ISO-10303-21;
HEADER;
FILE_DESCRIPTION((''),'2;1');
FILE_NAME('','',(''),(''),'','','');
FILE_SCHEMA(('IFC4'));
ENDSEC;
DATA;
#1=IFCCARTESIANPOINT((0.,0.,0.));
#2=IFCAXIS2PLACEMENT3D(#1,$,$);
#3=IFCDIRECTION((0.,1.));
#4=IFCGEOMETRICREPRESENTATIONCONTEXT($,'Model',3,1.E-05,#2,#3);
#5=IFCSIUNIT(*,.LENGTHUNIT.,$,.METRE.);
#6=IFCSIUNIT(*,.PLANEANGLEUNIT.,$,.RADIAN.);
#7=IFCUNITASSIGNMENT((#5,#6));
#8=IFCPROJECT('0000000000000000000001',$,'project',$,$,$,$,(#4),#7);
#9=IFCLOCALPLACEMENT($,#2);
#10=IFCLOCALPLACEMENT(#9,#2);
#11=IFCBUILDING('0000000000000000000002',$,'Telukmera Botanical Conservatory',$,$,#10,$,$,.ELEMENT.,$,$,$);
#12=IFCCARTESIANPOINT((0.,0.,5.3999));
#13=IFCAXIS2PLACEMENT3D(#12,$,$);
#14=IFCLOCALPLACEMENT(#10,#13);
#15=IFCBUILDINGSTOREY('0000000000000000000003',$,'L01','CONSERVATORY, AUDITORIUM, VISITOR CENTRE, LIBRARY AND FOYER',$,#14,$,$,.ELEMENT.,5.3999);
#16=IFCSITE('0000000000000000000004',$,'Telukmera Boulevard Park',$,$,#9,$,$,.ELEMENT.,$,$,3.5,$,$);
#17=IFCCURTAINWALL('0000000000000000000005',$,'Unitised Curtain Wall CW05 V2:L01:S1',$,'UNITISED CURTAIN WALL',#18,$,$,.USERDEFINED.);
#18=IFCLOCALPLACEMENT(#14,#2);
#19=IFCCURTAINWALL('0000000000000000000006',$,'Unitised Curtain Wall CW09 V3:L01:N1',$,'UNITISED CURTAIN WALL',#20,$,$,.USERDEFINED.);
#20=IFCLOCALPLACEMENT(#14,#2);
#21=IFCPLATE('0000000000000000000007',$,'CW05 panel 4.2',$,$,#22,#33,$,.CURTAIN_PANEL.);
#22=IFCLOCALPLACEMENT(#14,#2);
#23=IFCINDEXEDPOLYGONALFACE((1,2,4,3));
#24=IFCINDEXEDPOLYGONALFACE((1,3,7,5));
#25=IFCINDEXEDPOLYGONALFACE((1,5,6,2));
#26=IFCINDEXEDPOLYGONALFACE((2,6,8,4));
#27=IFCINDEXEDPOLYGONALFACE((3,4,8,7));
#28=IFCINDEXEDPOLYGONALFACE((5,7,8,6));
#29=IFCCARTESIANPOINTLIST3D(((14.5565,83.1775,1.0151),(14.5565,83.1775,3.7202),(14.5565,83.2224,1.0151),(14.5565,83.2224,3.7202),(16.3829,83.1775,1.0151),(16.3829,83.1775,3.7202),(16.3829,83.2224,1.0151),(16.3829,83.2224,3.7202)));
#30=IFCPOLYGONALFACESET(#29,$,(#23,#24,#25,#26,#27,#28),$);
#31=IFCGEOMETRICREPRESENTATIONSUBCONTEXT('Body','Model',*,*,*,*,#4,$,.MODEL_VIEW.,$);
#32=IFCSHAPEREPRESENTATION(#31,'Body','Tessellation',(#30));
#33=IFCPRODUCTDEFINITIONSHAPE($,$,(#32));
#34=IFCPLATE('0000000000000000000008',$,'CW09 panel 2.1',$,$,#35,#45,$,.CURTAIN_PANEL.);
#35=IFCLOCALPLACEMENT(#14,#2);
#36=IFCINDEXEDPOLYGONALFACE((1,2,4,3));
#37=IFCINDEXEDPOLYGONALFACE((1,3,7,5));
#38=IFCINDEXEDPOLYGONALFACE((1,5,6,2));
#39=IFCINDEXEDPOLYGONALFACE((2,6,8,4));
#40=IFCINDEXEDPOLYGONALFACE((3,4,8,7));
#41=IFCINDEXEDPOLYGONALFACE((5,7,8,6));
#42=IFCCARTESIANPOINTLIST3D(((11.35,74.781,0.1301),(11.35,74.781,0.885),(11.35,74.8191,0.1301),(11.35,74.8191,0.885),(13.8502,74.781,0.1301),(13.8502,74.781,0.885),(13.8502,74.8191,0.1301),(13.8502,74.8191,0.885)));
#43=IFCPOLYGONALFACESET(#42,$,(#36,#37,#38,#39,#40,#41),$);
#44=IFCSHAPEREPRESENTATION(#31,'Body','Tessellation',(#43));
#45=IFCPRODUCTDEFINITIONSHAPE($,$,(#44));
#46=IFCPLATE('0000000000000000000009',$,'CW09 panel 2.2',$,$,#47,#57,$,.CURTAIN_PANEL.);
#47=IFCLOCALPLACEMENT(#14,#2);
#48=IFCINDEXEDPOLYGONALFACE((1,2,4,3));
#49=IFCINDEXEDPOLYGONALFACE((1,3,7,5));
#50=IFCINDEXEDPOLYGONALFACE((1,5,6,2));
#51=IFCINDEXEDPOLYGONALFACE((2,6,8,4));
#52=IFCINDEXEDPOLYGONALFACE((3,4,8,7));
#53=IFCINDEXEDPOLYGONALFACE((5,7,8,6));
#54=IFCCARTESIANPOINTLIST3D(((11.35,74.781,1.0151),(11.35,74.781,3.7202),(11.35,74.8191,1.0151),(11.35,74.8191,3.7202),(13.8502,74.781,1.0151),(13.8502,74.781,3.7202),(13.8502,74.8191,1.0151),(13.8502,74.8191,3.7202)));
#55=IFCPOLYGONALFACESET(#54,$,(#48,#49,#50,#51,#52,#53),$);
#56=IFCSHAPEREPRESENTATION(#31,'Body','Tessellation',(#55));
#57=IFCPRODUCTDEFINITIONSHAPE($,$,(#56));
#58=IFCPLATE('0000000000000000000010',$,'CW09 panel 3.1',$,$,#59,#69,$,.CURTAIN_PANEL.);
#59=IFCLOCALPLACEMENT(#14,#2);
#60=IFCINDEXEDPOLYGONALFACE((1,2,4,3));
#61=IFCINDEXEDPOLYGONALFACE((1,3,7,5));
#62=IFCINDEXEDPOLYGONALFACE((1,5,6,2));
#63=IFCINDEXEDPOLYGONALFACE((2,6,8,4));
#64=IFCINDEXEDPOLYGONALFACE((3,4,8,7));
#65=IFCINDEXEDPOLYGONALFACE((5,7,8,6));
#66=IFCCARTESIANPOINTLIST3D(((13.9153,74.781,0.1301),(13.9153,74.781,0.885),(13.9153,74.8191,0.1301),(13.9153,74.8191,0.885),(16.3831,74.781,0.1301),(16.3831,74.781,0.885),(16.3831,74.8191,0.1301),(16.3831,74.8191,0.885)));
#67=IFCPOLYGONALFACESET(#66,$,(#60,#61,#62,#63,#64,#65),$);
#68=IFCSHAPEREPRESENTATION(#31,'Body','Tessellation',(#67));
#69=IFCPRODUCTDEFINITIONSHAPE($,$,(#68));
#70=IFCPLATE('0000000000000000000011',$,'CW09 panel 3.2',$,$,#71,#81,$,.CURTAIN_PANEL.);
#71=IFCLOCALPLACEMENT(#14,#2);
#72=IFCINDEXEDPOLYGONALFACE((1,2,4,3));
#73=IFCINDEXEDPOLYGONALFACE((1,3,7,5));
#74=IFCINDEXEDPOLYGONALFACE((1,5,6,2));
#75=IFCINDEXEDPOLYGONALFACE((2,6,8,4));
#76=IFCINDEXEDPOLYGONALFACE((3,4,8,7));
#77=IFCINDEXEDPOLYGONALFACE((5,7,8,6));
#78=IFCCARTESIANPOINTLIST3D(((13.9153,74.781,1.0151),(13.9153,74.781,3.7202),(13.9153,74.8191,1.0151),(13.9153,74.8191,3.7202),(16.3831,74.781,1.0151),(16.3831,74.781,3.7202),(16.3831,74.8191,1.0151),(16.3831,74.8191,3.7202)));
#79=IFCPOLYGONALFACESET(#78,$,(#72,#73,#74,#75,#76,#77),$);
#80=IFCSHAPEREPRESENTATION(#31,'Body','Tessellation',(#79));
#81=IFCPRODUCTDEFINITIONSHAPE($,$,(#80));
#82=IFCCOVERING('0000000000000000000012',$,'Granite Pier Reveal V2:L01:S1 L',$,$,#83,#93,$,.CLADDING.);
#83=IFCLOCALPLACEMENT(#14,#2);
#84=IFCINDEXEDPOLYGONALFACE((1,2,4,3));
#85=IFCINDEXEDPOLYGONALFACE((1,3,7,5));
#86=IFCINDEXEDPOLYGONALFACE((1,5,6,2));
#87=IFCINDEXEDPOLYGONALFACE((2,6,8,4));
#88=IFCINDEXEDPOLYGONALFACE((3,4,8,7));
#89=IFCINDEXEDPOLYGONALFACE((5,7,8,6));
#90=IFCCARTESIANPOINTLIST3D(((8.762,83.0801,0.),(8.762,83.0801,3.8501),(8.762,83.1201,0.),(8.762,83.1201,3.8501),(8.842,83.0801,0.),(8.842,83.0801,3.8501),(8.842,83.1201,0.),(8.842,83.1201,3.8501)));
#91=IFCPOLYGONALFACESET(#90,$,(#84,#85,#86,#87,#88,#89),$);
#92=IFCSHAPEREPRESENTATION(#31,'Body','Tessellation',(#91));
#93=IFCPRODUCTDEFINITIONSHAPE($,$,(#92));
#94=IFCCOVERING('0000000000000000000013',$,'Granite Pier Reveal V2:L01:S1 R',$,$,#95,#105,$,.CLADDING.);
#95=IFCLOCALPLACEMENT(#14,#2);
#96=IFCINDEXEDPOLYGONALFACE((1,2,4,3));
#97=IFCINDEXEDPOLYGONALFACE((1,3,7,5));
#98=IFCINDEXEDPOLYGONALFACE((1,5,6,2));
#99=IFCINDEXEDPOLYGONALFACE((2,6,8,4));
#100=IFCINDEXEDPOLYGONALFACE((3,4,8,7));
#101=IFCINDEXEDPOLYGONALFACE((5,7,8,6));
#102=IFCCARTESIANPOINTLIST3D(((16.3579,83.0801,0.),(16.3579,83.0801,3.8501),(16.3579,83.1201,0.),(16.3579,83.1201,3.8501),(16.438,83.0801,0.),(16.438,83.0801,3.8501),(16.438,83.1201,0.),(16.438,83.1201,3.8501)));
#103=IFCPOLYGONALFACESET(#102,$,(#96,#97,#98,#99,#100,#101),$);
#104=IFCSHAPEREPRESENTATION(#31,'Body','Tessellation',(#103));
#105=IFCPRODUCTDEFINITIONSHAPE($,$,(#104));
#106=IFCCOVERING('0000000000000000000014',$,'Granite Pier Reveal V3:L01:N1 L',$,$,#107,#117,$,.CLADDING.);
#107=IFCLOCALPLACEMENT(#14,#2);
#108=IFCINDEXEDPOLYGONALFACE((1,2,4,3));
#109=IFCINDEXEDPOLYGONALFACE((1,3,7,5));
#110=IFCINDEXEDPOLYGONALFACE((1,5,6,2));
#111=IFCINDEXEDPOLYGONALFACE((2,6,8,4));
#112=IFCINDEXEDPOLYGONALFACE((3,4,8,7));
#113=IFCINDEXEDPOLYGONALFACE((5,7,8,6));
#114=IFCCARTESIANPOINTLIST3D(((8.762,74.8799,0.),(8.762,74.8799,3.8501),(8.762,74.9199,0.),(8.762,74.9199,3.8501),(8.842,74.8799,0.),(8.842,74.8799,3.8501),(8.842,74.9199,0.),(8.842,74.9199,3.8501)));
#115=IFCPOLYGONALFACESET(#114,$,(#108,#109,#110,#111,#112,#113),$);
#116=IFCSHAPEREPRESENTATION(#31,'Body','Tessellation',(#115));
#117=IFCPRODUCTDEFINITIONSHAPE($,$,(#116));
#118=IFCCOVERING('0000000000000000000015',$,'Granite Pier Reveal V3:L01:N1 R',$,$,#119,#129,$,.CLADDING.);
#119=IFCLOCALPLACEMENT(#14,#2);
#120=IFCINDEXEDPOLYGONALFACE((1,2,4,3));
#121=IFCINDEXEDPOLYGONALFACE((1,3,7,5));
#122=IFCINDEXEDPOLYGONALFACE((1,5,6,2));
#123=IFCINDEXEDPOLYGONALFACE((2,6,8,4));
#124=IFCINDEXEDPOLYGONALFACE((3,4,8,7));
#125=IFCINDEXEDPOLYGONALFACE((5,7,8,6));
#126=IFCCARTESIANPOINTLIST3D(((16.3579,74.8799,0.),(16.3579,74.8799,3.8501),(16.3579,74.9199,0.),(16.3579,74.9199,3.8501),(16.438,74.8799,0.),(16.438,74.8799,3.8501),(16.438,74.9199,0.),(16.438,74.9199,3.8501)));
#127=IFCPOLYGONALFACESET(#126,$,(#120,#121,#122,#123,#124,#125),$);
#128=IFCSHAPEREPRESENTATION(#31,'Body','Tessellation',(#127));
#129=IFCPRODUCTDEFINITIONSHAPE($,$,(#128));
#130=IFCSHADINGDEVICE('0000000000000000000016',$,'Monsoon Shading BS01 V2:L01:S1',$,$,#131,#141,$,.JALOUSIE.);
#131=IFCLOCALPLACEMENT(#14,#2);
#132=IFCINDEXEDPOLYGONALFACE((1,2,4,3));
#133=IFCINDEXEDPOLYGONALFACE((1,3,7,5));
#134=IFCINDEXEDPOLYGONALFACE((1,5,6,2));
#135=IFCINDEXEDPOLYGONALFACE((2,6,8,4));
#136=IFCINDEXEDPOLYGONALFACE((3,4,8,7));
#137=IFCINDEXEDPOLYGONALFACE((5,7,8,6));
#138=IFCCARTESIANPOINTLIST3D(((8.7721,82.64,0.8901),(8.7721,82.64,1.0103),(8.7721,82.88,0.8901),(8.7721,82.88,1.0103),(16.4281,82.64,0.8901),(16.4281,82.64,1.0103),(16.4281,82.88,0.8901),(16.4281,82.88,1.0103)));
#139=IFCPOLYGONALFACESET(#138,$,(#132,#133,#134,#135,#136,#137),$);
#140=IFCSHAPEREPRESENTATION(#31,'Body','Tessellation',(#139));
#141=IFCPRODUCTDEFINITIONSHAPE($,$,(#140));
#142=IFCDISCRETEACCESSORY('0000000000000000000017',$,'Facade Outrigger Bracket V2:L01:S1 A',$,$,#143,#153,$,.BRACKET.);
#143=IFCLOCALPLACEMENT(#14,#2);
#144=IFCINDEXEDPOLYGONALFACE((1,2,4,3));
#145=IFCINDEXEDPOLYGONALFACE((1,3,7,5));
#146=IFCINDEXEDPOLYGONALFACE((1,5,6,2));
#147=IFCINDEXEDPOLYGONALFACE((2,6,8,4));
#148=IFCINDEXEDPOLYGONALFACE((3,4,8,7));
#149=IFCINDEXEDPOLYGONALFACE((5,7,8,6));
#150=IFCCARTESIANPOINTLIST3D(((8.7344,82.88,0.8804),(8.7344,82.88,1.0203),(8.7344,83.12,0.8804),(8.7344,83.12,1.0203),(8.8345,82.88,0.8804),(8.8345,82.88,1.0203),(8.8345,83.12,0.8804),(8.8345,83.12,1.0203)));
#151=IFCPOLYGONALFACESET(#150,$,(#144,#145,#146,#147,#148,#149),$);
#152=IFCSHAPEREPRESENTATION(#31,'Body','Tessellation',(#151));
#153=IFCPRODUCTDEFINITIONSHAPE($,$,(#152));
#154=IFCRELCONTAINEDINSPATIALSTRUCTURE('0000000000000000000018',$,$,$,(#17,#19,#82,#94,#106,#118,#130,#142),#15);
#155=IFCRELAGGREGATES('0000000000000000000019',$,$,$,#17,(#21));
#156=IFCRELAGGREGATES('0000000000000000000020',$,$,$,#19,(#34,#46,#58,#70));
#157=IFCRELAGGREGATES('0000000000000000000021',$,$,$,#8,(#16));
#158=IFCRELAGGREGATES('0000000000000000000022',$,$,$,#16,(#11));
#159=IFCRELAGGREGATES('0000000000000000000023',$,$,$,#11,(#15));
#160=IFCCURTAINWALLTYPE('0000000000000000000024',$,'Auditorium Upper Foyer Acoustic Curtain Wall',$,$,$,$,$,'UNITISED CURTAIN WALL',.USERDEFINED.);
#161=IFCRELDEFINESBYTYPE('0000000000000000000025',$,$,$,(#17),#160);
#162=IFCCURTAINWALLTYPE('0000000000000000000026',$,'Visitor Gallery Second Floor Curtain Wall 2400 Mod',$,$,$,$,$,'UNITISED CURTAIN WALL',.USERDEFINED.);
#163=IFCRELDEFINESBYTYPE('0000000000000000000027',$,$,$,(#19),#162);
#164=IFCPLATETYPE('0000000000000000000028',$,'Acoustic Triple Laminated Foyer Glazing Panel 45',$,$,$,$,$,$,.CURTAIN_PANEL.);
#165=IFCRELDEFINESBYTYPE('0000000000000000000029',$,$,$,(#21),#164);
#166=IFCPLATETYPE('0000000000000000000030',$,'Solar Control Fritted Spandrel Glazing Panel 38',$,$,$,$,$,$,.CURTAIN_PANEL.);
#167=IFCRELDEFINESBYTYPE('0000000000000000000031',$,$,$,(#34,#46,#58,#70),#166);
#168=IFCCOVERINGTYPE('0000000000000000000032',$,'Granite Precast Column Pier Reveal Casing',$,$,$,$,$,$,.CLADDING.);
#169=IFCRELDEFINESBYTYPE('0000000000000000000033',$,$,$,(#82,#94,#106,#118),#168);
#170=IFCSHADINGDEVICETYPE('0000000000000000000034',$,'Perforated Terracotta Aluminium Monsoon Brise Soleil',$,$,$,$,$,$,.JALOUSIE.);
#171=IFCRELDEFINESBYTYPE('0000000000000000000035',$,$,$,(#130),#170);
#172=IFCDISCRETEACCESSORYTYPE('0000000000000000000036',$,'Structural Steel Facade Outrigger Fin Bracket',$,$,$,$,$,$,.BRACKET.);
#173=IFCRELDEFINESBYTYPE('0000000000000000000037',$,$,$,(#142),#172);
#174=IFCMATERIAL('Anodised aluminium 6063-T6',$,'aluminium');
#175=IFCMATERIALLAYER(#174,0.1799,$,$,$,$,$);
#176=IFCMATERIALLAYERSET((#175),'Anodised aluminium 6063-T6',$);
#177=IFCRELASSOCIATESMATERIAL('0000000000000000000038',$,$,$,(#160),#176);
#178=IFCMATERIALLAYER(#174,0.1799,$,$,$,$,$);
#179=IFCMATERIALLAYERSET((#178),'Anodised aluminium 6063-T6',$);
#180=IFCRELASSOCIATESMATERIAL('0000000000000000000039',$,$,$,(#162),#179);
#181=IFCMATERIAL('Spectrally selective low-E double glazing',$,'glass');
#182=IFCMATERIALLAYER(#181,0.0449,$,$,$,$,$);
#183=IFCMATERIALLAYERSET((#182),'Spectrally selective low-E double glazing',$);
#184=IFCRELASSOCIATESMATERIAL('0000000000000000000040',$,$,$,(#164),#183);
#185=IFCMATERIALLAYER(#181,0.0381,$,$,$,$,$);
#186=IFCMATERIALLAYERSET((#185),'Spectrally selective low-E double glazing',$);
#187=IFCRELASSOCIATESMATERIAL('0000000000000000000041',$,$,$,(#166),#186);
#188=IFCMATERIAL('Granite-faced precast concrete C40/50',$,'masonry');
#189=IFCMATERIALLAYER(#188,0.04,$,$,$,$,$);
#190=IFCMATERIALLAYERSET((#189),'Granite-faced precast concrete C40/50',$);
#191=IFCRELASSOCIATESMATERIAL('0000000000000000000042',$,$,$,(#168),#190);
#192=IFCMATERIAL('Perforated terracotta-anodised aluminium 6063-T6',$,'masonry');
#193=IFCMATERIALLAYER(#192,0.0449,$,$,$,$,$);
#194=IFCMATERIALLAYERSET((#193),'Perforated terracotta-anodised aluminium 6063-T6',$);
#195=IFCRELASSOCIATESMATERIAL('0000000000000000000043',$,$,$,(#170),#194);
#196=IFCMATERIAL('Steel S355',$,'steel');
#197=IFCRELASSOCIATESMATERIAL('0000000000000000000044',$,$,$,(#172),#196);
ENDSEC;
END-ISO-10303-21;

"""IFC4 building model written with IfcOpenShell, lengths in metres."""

from ifc_helpers import new_model, si_unit, direction, frame, origin, origin_2d, place, context, subcontext, project, spatial, rectangle, extrude, material, layer, layer_set, type_object, element, aggregate, save


model = new_model("IFC4")

# Units and contexts
model_context = context("Model", 3, precision=1e-05, world=origin(), true_north=direction((0.0, 1.0)))
body_context = subcontext(model_context, "Body", "Model", "MODEL_VIEW")
ifc_project = project(units=[si_unit("LENGTHUNIT", "METRE"), si_unit("PLANEANGLEUNIT", "RADIAN")], contexts=[model_context])

# Site, building, storey
site_placement = place(None, origin())
site = spatial("IfcSite", under=ifc_project, at=site_placement, Name="Telukmera Boulevard Park", CompositionType="ELEMENT", RefElevation=3.5)
building_placement = place(site_placement, origin())
building = spatial("IfcBuilding", under=site, at=building_placement, Name="Telukmera Botanical Conservatory", CompositionType="ELEMENT")
storey_placement = place(building_placement, frame((0.0, 0.0, 5.3999)))
storey = spatial("IfcBuildingStorey", under=building, at=storey_placement, Name="L01", Description="CONSERVATORY, AUDITORIUM, VISITOR CENTRE, LIBRARY AND FOYER", CompositionType="ELEMENT", Elevation=5.3999)

# Curtain wall
ifc_material_1 = material(Name="Anodised aluminium 6063-T6", Category="aluminium")
ifc_layer_1 = layer(ifc_material_1, 0.1799)
ifc_layer_set_1 = layer_set([ifc_layer_1], Name="Anodised aluminium 6063-T6")
curtain_wall_type_1 = type_object("IfcCurtainWallType", Name="Auditorium Upper Foyer Acoustic Curtain Wall", ElementType="UNITISED CURTAIN WALL", PredefinedType="USERDEFINED", material=ifc_layer_set_1)
curtain_wall_1_placement = place(storey_placement, origin())
curtain_wall_1 = element("IfcCurtainWall", 1, at=curtain_wall_1_placement, inside=storey, type_object=curtain_wall_type_1, Name="Unitised Curtain Wall CW05 V2:L01:S1", ObjectType="UNITISED CURTAIN WALL", PredefinedType="USERDEFINED")

# Curtain wall
ifc_layer_2 = layer(ifc_material_1, 0.1799)
ifc_layer_set_2 = layer_set([ifc_layer_2], Name="Anodised aluminium 6063-T6")
curtain_wall_type_2 = type_object("IfcCurtainWallType", Name="Visitor Gallery Second Floor Curtain Wall 2400 Mod", ElementType="UNITISED CURTAIN WALL", PredefinedType="USERDEFINED", material=ifc_layer_set_2)
curtain_wall_2_placement = place(storey_placement, origin())
curtain_wall_2 = element("IfcCurtainWall", 2, at=curtain_wall_2_placement, inside=storey, type_object=curtain_wall_type_2, Name="Unitised Curtain Wall CW09 V3:L01:N1", ObjectType="UNITISED CURTAIN WALL", PredefinedType="USERDEFINED")

# Plates
ifc_material_2 = material(Name="Spectrally selective low-E double glazing", Category="glass")
ifc_layer_3 = layer(ifc_material_2, 0.0449)
ifc_layer_set_3 = layer_set([ifc_layer_3], Name="Spectrally selective low-E double glazing")
plate_type_1 = type_object("IfcPlateType", Name="Acoustic Triple Laminated Foyer Glazing Panel 45", PredefinedType="CURTAIN_PANEL", material=ifc_layer_set_3)
plate_1_placement = place(storey_placement, frame((15.4697, 83.2, 1.0151), z_axis=(0.0, 0.0, 1.0), x_axis=(1.0, 0.0, 0.0)))
plate_1 = element("IfcPlate", 3, at=plate_1_placement, type_object=plate_type_1, Name="CW05 panel 4.2", PredefinedType="CURTAIN_PANEL", context=body_context, shape_type="SweptSolid", body=[
    extrude(rectangle(XDim=1.8264, YDim=0.0449, at=origin_2d()), origin(), (0.0, 0.0, 1.0), 2.7051),
])
aggregate(curtain_wall_1, [plate_1])
ifc_layer_4 = layer(ifc_material_2, 0.0381)
ifc_layer_set_4 = layer_set([ifc_layer_4], Name="Spectrally selective low-E double glazing")
plate_type_2 = type_object("IfcPlateType", Name="Solar Control Fritted Spandrel Glazing Panel 38", PredefinedType="CURTAIN_PANEL", material=ifc_layer_set_4)
plate_2_placement = place(storey_placement, frame((12.6001, 74.8, 0.1301), z_axis=(0.0, 0.0, 1.0), x_axis=(1.0, 0.0, 0.0)))
plate_2 = element("IfcPlate", 4, at=plate_2_placement, type_object=plate_type_2, Name="CW09 panel 2.1", PredefinedType="CURTAIN_PANEL", context=body_context, shape_type="SweptSolid", body=[
    extrude(rectangle(XDim=2.5002, YDim=0.0381, at=origin_2d()), origin(), (0.0, 0.0, 1.0), 0.7549),
])
plate_3_placement = place(storey_placement, frame((12.6001, 74.8, 1.0151), z_axis=(0.0, 0.0, 1.0), x_axis=(1.0, 0.0, 0.0)))
plate_3 = element("IfcPlate", 5, at=plate_3_placement, type_object=plate_type_2, Name="CW09 panel 2.2", PredefinedType="CURTAIN_PANEL", context=body_context, shape_type="SweptSolid", body=[
    extrude(rectangle(XDim=2.5002, YDim=0.0381, at=origin_2d()), origin(), (0.0, 0.0, 1.0), 2.7051),
])
plate_4_placement = place(storey_placement, frame((15.1492, 74.8, 0.1301), z_axis=(0.0, 0.0, 1.0), x_axis=(1.0, 0.0, 0.0)))
plate_4 = element("IfcPlate", 6, at=plate_4_placement, type_object=plate_type_2, Name="CW09 panel 3.1", PredefinedType="CURTAIN_PANEL", context=body_context, shape_type="SweptSolid", body=[
    extrude(rectangle(XDim=2.4678, YDim=0.0381, at=origin_2d()), origin(), (0.0, 0.0, 1.0), 0.7549),
])
plate_5_placement = place(storey_placement, frame((15.1492, 74.8, 1.0151), z_axis=(0.0, 0.0, 1.0), x_axis=(1.0, 0.0, 0.0)))
plate_5 = element("IfcPlate", 7, at=plate_5_placement, type_object=plate_type_2, Name="CW09 panel 3.2", PredefinedType="CURTAIN_PANEL", context=body_context, shape_type="SweptSolid", body=[
    extrude(rectangle(XDim=2.4678, YDim=0.0381, at=origin_2d()), origin(), (0.0, 0.0, 1.0), 2.7051),
])
aggregate(curtain_wall_2, [plate_2, plate_3, plate_4, plate_5])

# Coverings
ifc_material_3 = material(Name="Granite-faced precast concrete C40/50", Category="masonry")
ifc_layer_5 = layer(ifc_material_3, 0.04)
ifc_layer_set_5 = layer_set([ifc_layer_5], Name="Granite-faced precast concrete C40/50")
covering_type = type_object("IfcCoveringType", Name="Granite Precast Column Pier Reveal Casing", PredefinedType="CLADDING", material=ifc_layer_set_5)
for number, where, z_axis, x_axis, name in (
    (8, (8.802, 83.1001, 0.0), (0.0, 0.0, 1.0), (1.0, 0.0, 0.0), "Granite Pier Reveal V2:L01:S1 L"),
    (9, (16.3979, 83.1001, 0.0), (0.0, 0.0, 1.0), (1.0, 0.0, 0.0), "Granite Pier Reveal V2:L01:S1 R"),
    (10, (8.802, 74.8999, 0.0), (0.0, 0.0, 1.0), (1.0, 0.0, 0.0), "Granite Pier Reveal V3:L01:N1 L"),
    (11, (16.3979, 74.8999, 0.0), (0.0, 0.0, 1.0), (1.0, 0.0, 0.0), "Granite Pier Reveal V3:L01:N1 R"),
):
    element("IfcCovering", number, at=place(storey_placement, frame(where, z_axis=z_axis, x_axis=x_axis)), inside=storey, type_object=covering_type, Name=name, PredefinedType="CLADDING", context=body_context, shape_type="SweptSolid", body=[
        extrude(rectangle(XDim=0.0801, YDim=0.04, at=origin_2d()), origin(), (0.0, 0.0, 1.0), 3.8501),
    ])

# Shading device
ifc_material_4 = material(Name="Perforated terracotta-anodised aluminium 6063-T6", Category="masonry")
ifc_layer_6 = layer(ifc_material_4, 0.0449)
ifc_layer_set_6 = layer_set([ifc_layer_6], Name="Perforated terracotta-anodised aluminium 6063-T6")
shading_device_type = type_object("IfcShadingDeviceType", Name="Perforated Terracotta Aluminium Monsoon Brise Soleil", PredefinedType="JALOUSIE", material=ifc_layer_set_6)
shading_device_placement = place(storey_placement, frame((12.6001, 82.76, 0.8901), z_axis=(0.0, 0.0, 1.0), x_axis=(1.0, 0.0, 0.0)))
element("IfcShadingDevice", 12, at=shading_device_placement, inside=storey, type_object=shading_device_type, Name="Monsoon Shading BS01 V2:L01:S1", PredefinedType="JALOUSIE", context=body_context, shape_type="SweptSolid", body=[
    extrude(rectangle(XDim=7.656, YDim=0.24, at=origin_2d()), origin(), (0.0, 0.0, 1.0), 0.1201),
])

# Discrete accessory
ifc_material_5 = material(Name="Steel S355", Category="steel")
discrete_accessory_type = type_object("IfcDiscreteAccessoryType", Name="Structural Steel Facade Outrigger Fin Bracket", PredefinedType="BRACKET", material=ifc_material_5)
discrete_accessory_placement = place(storey_placement, frame((8.7844, 83.0, 0.8804), z_axis=(0.0, 0.0, 1.0), x_axis=(1.0, 0.0, 0.0)))
element("IfcDiscreteAccessory", 13, at=discrete_accessory_placement, inside=storey, type_object=discrete_accessory_type, Name="Facade Outrigger Bracket V2:L01:S1 A", PredefinedType="BRACKET", context=body_context, shape_type="SweptSolid", body=[
    extrude(rectangle(XDim=0.1001, YDim=0.24, at=origin_2d()), origin(), (0.0, 0.0, 1.0), 0.1399),
])

save(model, "model.ifc")
